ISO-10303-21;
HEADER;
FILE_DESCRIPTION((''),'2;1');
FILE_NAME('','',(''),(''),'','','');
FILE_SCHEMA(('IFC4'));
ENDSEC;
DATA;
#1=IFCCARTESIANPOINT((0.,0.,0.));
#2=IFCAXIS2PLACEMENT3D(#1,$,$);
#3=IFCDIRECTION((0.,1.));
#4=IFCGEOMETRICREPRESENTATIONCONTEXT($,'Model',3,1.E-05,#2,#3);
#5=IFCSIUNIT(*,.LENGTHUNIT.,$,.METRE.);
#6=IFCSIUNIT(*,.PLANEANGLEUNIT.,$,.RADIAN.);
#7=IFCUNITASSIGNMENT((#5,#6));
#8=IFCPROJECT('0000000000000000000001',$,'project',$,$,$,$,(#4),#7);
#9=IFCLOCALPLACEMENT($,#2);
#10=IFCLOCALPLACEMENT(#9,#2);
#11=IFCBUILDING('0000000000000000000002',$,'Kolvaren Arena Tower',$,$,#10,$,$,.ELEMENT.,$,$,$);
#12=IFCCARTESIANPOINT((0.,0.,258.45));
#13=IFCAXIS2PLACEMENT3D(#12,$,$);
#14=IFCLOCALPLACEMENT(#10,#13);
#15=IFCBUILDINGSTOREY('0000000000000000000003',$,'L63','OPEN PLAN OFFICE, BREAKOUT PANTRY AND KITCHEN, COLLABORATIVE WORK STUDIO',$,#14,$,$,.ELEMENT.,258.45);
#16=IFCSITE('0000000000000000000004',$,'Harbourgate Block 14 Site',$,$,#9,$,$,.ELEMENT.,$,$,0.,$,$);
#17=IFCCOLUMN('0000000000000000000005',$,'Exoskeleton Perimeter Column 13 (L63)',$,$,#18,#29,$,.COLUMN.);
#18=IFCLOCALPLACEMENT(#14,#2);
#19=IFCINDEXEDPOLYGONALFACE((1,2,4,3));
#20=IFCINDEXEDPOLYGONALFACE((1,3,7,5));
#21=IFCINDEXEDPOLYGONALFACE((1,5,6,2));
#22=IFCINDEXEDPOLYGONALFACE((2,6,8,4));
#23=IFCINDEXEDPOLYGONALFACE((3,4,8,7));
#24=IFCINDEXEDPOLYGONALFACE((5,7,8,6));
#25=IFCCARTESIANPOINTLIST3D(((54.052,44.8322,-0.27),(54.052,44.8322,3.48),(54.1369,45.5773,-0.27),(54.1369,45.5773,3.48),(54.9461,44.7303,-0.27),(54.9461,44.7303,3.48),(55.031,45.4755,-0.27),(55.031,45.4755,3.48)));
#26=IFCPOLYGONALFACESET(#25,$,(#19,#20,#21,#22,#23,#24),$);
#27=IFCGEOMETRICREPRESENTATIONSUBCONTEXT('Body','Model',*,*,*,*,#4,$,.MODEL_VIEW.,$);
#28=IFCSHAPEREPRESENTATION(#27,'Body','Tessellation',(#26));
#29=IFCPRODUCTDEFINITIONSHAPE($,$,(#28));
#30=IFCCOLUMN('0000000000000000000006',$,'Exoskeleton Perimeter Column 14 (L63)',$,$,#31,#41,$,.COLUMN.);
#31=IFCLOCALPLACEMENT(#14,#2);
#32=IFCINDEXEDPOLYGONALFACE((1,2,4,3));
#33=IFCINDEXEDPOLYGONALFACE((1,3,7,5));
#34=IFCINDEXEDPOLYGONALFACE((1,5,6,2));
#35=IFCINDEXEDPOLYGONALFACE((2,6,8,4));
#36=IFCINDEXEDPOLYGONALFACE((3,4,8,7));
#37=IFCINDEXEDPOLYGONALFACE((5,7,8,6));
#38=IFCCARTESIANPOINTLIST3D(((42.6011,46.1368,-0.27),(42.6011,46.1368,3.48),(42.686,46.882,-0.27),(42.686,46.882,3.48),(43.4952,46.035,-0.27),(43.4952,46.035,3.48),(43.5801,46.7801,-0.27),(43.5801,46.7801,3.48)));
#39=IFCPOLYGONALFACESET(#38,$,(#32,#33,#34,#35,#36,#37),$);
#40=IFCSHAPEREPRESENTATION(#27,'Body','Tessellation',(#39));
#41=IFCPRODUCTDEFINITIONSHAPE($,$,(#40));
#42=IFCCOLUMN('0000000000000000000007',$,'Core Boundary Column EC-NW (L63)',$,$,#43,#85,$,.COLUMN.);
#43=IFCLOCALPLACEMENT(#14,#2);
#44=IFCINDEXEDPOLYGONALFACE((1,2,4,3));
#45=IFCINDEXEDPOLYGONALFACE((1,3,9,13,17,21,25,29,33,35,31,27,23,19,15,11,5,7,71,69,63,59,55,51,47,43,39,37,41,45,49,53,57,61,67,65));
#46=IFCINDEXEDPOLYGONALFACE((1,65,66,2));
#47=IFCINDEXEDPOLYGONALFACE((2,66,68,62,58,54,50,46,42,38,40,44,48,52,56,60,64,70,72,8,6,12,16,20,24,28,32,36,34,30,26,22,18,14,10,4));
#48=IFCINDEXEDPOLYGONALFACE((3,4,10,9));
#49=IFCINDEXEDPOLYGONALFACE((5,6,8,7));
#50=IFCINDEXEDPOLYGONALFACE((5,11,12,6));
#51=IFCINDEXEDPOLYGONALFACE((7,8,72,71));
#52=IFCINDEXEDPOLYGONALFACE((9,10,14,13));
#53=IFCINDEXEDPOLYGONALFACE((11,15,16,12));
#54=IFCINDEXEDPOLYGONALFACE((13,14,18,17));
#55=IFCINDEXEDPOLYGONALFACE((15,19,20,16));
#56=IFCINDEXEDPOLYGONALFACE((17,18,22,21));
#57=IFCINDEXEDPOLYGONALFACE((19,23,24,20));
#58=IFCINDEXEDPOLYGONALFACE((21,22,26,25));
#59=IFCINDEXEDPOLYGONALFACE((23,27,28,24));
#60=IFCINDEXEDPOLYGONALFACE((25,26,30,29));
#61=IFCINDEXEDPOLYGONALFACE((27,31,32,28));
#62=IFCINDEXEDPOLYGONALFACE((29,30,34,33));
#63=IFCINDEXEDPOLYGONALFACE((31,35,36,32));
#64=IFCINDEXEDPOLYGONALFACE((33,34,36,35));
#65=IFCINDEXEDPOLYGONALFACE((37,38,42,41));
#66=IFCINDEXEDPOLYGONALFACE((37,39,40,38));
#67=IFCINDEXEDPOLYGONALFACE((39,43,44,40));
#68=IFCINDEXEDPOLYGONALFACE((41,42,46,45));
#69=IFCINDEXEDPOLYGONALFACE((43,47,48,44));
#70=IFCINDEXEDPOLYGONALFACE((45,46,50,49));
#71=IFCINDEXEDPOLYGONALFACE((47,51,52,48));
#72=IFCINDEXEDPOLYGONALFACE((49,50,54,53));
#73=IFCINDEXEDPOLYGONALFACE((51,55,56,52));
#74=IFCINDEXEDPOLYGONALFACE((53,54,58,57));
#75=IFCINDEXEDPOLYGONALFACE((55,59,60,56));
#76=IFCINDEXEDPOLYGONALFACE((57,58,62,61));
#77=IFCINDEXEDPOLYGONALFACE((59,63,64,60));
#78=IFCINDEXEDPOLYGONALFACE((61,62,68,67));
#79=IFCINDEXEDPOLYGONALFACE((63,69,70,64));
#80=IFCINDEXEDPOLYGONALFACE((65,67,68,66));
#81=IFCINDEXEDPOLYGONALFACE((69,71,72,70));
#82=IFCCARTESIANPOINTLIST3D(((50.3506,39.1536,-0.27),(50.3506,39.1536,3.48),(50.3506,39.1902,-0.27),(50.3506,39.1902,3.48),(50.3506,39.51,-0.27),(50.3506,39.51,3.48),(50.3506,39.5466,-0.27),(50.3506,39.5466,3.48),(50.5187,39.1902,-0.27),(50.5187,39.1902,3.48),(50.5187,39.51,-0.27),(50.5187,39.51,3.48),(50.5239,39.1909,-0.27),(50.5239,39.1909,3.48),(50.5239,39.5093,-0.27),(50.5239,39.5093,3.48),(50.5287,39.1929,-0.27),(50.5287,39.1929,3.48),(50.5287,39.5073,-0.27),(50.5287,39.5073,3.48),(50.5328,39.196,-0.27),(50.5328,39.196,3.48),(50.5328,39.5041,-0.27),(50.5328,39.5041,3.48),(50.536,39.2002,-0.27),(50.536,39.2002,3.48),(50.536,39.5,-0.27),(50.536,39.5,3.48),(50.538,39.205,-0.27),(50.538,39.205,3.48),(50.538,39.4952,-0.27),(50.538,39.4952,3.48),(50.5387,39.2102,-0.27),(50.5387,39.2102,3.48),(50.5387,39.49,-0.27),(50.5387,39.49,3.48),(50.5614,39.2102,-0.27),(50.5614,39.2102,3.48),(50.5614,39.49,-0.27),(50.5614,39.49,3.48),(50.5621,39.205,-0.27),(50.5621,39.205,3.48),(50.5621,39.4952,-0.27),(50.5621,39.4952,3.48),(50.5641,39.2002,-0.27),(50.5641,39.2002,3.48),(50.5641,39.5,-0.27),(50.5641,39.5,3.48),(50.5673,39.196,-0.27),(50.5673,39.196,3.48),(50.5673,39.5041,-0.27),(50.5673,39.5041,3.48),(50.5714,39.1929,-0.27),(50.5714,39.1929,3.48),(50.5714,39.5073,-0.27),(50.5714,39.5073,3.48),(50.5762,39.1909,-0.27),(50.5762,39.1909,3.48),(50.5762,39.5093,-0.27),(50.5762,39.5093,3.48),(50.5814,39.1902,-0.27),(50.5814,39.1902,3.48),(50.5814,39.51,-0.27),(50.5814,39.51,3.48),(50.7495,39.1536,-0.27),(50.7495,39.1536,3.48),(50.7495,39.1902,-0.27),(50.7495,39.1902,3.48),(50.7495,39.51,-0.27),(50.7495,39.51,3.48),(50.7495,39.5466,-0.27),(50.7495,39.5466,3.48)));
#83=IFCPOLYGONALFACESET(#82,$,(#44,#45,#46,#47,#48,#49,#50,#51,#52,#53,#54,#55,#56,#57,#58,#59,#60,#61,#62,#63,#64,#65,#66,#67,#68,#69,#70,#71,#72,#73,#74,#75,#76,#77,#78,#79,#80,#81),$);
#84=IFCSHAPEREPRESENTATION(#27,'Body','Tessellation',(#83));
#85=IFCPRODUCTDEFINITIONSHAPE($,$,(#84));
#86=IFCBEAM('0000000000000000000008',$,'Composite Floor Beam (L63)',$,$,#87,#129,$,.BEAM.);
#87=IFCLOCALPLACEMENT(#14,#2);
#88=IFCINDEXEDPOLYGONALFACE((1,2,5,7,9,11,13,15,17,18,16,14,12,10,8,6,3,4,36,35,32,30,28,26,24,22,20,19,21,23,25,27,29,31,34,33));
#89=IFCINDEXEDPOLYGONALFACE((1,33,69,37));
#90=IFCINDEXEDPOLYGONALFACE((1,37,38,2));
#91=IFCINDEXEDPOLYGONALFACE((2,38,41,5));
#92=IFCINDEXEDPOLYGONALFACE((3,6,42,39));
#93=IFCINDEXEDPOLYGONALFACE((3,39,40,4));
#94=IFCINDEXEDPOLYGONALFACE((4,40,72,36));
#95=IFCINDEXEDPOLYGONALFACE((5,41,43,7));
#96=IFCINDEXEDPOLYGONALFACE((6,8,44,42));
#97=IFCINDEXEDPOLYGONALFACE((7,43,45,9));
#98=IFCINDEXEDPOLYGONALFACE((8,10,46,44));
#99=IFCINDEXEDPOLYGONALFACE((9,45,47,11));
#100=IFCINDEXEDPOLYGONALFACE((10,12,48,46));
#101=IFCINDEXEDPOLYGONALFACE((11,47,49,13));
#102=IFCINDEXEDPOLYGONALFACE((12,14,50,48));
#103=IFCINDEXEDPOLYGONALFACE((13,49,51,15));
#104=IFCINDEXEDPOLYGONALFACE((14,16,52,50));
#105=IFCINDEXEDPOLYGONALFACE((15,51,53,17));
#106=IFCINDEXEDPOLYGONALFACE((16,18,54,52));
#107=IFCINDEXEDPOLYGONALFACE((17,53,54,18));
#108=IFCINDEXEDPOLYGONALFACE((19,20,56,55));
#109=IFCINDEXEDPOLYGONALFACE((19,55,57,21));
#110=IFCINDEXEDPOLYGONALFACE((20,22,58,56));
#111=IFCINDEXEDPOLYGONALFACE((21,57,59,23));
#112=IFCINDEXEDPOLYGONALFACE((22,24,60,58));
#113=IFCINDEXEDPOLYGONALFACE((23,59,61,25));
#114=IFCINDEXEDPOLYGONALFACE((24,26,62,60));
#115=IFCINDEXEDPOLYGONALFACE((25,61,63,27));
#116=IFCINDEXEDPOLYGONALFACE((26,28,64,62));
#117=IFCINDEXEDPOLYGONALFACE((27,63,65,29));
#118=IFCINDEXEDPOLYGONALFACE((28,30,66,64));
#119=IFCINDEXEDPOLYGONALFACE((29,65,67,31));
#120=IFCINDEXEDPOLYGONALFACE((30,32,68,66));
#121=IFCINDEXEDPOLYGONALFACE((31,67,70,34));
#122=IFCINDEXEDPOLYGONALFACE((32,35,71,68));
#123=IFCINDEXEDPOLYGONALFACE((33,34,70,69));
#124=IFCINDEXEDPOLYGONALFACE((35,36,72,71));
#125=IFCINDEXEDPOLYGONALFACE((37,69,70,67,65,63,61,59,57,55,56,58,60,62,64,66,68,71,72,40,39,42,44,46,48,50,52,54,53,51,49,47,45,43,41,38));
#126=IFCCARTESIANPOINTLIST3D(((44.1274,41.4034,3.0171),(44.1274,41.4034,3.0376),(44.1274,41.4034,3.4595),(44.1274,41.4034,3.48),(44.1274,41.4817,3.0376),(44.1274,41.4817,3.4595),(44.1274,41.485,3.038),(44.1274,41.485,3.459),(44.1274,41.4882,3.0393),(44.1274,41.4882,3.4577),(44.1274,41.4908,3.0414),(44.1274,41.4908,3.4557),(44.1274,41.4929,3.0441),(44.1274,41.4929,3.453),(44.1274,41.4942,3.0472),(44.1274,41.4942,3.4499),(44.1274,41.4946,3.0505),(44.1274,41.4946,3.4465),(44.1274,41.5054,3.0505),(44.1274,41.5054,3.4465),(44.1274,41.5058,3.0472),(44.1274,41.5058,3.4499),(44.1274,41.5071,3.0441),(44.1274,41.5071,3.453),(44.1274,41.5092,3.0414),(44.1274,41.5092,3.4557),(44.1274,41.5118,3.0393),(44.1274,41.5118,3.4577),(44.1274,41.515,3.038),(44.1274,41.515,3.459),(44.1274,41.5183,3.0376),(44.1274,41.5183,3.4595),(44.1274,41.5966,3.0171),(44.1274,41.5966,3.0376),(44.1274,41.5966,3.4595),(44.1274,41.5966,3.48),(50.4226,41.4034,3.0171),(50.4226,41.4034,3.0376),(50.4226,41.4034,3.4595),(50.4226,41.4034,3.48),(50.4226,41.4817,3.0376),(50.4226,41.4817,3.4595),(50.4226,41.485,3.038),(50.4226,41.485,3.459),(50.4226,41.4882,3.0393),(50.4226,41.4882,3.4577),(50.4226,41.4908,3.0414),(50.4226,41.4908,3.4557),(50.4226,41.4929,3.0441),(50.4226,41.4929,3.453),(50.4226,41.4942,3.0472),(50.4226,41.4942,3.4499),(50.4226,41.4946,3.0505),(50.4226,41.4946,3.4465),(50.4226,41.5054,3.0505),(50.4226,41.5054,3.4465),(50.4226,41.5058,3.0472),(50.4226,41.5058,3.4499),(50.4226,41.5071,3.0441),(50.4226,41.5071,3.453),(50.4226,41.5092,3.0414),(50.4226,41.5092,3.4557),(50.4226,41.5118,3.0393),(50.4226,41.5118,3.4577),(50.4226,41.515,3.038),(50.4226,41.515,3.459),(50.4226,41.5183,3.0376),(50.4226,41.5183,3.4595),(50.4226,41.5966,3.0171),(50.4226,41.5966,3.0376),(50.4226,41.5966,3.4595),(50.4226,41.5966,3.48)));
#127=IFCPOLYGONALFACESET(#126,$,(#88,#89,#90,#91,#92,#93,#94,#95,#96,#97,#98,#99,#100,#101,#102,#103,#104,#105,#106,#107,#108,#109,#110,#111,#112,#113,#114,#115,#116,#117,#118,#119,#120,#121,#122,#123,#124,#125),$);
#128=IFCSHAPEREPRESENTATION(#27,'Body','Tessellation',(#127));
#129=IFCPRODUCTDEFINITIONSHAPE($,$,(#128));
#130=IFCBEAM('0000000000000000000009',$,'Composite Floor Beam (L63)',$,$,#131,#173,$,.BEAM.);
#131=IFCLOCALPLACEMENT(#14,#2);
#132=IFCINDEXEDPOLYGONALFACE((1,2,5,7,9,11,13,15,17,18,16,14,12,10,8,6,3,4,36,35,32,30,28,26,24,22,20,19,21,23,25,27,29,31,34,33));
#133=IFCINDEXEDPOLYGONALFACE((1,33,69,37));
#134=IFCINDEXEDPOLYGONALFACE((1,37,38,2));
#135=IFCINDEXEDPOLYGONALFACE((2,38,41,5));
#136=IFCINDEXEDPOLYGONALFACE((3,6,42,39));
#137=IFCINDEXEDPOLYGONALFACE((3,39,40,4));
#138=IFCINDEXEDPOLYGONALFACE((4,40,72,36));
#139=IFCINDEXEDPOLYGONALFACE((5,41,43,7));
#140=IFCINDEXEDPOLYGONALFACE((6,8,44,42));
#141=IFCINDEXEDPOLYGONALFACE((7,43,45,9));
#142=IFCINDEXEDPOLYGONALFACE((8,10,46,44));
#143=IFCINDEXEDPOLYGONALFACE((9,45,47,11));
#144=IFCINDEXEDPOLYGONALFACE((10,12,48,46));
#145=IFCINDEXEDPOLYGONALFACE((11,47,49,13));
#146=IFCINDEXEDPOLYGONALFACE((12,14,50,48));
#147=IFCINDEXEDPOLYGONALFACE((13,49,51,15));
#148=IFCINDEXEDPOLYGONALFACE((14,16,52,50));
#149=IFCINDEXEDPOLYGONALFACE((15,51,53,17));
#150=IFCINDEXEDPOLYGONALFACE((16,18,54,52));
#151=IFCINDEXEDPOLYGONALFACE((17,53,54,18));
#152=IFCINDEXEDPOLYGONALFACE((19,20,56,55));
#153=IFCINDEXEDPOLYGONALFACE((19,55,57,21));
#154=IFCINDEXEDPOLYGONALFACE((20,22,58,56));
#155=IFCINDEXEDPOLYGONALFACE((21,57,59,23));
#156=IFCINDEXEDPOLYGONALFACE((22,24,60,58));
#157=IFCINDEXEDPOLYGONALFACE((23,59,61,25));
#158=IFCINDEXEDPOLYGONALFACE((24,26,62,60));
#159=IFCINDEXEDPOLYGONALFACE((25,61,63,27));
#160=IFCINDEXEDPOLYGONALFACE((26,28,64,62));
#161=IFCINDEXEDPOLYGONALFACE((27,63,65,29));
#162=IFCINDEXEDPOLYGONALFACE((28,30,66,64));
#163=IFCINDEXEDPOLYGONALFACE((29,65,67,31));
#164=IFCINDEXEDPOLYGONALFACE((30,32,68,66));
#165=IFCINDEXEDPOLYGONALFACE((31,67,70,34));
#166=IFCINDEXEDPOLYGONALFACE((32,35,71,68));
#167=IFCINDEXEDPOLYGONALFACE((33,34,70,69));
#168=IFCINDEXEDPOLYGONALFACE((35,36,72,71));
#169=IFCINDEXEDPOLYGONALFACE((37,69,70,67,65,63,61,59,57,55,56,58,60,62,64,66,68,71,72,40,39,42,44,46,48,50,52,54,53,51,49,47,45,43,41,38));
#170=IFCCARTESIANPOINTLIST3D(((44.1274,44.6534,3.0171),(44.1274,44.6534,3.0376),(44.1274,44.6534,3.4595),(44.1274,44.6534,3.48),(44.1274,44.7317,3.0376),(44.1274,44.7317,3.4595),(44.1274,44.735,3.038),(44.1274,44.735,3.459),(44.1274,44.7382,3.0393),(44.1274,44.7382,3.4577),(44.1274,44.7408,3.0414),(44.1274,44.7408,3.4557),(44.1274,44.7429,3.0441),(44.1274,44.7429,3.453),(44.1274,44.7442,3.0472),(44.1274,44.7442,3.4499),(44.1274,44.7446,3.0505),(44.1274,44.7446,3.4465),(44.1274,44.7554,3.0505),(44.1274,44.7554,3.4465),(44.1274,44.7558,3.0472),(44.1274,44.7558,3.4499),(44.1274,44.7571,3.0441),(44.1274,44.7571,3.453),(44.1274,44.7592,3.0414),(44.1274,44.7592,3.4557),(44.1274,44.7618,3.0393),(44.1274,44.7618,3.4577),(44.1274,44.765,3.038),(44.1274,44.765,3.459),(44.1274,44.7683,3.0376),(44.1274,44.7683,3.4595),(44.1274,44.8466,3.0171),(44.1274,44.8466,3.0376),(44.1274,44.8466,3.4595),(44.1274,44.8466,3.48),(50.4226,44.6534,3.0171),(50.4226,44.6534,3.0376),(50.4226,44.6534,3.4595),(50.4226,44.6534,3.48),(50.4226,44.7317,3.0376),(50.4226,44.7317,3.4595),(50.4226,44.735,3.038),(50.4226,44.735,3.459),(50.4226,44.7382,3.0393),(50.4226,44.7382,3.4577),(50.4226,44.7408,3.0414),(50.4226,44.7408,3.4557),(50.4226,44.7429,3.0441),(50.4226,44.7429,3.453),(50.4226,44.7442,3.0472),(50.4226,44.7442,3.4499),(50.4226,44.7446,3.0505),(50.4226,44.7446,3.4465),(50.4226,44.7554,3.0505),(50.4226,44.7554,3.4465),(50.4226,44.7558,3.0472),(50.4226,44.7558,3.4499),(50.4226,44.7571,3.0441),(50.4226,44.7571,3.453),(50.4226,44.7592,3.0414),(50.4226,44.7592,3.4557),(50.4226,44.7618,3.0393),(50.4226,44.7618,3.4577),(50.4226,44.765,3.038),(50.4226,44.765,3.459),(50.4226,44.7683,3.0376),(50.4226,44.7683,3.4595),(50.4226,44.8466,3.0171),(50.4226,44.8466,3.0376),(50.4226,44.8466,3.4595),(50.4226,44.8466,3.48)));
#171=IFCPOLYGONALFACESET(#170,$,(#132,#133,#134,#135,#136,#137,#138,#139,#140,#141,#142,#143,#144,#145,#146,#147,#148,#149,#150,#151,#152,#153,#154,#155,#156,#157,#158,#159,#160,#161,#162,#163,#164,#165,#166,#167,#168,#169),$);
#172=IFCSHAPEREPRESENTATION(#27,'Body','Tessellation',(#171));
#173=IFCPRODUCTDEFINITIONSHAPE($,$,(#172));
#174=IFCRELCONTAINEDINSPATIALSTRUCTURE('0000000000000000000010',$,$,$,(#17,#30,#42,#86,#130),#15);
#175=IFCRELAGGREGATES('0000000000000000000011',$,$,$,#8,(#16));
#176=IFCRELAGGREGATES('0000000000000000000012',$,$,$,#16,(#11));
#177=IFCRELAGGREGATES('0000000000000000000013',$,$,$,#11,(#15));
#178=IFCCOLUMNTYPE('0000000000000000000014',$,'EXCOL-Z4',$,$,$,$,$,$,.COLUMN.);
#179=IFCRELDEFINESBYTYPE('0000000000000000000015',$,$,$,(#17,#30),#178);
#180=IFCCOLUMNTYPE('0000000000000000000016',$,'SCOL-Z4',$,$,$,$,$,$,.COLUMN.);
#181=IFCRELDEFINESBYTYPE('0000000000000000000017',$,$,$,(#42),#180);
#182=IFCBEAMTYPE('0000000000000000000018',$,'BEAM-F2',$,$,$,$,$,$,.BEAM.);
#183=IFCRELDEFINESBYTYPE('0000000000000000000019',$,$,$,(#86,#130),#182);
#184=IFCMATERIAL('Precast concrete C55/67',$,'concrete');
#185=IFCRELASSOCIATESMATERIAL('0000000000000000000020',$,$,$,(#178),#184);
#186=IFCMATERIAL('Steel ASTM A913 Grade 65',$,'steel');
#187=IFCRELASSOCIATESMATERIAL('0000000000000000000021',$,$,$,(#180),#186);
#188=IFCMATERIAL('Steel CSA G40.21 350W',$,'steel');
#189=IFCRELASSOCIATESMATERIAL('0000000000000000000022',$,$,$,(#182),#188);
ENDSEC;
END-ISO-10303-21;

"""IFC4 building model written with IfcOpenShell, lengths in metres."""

from ifc_helpers import new_model, si_unit, direction, frame, origin, origin_2d, place, context, subcontext, project, spatial, rectangle, i_section, extrude, material, material_profile, profile_set, type_object, element, save


model = new_model("IFC4")

# Units and contexts
model_context = context("Model", 3, precision=1e-05, world=origin(), true_north=direction((0.0, 1.0)))
body_context = subcontext(model_context, "Body", "Model", "MODEL_VIEW")
ifc_project = project(units=[si_unit("LENGTHUNIT", "METRE"), si_unit("PLANEANGLEUNIT", "RADIAN")], contexts=[model_context])

# Site, building, storey
site_placement = place(None, origin())
site = spatial("IfcSite", under=ifc_project, at=site_placement, Name="Harbourgate Block 14 Site", CompositionType="ELEMENT", RefElevation=0.0)
building_placement = place(site_placement, origin())
building = spatial("IfcBuilding", under=site, at=building_placement, Name="Kolvaren Arena Tower", CompositionType="ELEMENT")
storey_placement = place(building_placement, frame((0.0, 0.0, 258.45)))
storey = spatial("IfcBuildingStorey", under=building, at=storey_placement, Name="L63", Description="OPEN PLAN OFFICE, BREAKOUT PANTRY AND KITCHEN, COLLABORATIVE WORK STUDIO", CompositionType="ELEMENT", Elevation=258.45)

# Columns
ifc_material_1 = material(Name="Precast concrete C55/67", Category="concrete")
ifc_material_profile_1 = material_profile(ifc_material_1, rectangle(XDim=0.8999, YDim=0.75, at=origin_2d()), Name="RC-900x750")
ifc_profile_set_1 = profile_set([ifc_material_profile_1], Name="Precast concrete C55/67")
column_type_1 = type_object("IfcColumnType", Name="EXCOL-Z4", PredefinedType="COLUMN", material=ifc_profile_set_1)
for number, where, z_axis, x_axis, name in (
    (1, (54.5415, 45.1538, -0.27), (0.0, 0.0, 1.0), (0.993572, -0.113203, 0.0), "Exoskeleton Perimeter Column 13 (L63)"),
    (2, (43.0906, 46.4585, -0.27), (0.0, 0.0, 1.0), (0.993572, -0.113203, 0.0), "Exoskeleton Perimeter Column 14 (L63)"),
):
    element("IfcColumn", number, at=place(storey_placement, frame(where, z_axis=z_axis, x_axis=x_axis)), inside=storey, type_object=column_type_1, Name=name, PredefinedType="COLUMN", context=body_context, shape_type="SweptSolid", body=[
        extrude(rectangle(XDim=0.8999, YDim=0.75, at=origin_2d()), origin(), (0.0, 0.0, 1.0), 3.75),
    ])
ifc_material_2 = material(Name="Steel ASTM A913 Grade 65", Category="steel")
ifc_material_profile_2 = material_profile(ifc_material_2, i_section(OverallWidth=0.3989, OverallDepth=0.3931, WebThickness=0.0227, FlangeThickness=0.0366, FilletRadius=0.02, at=origin_2d()), Name="W360x287")
ifc_profile_set_2 = profile_set([ifc_material_profile_2], Name="Steel ASTM A913 Grade 65")
column_type_2 = type_object("IfcColumnType", Name="SCOL-Z4", PredefinedType="COLUMN", material=ifc_profile_set_2)
column_placement = place(storey_placement, frame((50.55, 39.3501, -0.27), z_axis=(0.0, 0.0, 1.0), x_axis=(1.0, 0.0, 0.0)))
element("IfcColumn", 3, at=column_placement, inside=storey, type_object=column_type_2, Name="Core Boundary Column EC-NW (L63)", PredefinedType="COLUMN", context=body_context, shape_type="SweptSolid", body=[
    extrude(i_section(OverallWidth=0.3989, OverallDepth=0.3931, WebThickness=0.0227, FlangeThickness=0.0366, FilletRadius=0.02, at=origin_2d()), origin(), (0.0, 0.0, 1.0), 3.75),
])

# Beams
ifc_material_3 = material(Name="Steel CSA G40.21 350W", Category="steel")
ifc_material_profile_3 = material_profile(ifc_material_3, i_section(OverallWidth=0.1931, OverallDepth=0.4629, WebThickness=0.0107, FlangeThickness=0.0205, FilletRadius=0.0129, at=origin_2d()), Name="W460x113")
ifc_profile_set_3 = profile_set([ifc_material_profile_3], Name="Steel CSA G40.21 350W")
beam_type_1 = type_object("IfcBeamType", Name="BEAM-F2", PredefinedType="BEAM", material=ifc_profile_set_3)
for number, where, z_axis, x_axis, name in (
    (4, (44.1274, 41.5, 3.2485), (1.0, 0.0, 0.0), (0.0, 1.0, 0.0), "Composite Floor Beam (L63)"),
    (5, (44.1274, 44.75, 3.2485), (1.0, 0.0, 0.0), (0.0, 1.0, 0.0), "Composite Floor Beam (L63)"),
):
    element("IfcBeam", number, at=place(storey_placement, frame(where, z_axis=z_axis, x_axis=x_axis)), inside=storey, type_object=beam_type_1, Name=name, PredefinedType="BEAM", context=body_context, shape_type="SweptSolid", body=[
        extrude(i_section(OverallWidth=0.1931, OverallDepth=0.4629, WebThickness=0.0107, FlangeThickness=0.0205, FilletRadius=0.0129, at=origin_2d()), origin(), (0.0, 0.0, 1.0), 6.2952),
    ])

save(model, "model.ifc")
